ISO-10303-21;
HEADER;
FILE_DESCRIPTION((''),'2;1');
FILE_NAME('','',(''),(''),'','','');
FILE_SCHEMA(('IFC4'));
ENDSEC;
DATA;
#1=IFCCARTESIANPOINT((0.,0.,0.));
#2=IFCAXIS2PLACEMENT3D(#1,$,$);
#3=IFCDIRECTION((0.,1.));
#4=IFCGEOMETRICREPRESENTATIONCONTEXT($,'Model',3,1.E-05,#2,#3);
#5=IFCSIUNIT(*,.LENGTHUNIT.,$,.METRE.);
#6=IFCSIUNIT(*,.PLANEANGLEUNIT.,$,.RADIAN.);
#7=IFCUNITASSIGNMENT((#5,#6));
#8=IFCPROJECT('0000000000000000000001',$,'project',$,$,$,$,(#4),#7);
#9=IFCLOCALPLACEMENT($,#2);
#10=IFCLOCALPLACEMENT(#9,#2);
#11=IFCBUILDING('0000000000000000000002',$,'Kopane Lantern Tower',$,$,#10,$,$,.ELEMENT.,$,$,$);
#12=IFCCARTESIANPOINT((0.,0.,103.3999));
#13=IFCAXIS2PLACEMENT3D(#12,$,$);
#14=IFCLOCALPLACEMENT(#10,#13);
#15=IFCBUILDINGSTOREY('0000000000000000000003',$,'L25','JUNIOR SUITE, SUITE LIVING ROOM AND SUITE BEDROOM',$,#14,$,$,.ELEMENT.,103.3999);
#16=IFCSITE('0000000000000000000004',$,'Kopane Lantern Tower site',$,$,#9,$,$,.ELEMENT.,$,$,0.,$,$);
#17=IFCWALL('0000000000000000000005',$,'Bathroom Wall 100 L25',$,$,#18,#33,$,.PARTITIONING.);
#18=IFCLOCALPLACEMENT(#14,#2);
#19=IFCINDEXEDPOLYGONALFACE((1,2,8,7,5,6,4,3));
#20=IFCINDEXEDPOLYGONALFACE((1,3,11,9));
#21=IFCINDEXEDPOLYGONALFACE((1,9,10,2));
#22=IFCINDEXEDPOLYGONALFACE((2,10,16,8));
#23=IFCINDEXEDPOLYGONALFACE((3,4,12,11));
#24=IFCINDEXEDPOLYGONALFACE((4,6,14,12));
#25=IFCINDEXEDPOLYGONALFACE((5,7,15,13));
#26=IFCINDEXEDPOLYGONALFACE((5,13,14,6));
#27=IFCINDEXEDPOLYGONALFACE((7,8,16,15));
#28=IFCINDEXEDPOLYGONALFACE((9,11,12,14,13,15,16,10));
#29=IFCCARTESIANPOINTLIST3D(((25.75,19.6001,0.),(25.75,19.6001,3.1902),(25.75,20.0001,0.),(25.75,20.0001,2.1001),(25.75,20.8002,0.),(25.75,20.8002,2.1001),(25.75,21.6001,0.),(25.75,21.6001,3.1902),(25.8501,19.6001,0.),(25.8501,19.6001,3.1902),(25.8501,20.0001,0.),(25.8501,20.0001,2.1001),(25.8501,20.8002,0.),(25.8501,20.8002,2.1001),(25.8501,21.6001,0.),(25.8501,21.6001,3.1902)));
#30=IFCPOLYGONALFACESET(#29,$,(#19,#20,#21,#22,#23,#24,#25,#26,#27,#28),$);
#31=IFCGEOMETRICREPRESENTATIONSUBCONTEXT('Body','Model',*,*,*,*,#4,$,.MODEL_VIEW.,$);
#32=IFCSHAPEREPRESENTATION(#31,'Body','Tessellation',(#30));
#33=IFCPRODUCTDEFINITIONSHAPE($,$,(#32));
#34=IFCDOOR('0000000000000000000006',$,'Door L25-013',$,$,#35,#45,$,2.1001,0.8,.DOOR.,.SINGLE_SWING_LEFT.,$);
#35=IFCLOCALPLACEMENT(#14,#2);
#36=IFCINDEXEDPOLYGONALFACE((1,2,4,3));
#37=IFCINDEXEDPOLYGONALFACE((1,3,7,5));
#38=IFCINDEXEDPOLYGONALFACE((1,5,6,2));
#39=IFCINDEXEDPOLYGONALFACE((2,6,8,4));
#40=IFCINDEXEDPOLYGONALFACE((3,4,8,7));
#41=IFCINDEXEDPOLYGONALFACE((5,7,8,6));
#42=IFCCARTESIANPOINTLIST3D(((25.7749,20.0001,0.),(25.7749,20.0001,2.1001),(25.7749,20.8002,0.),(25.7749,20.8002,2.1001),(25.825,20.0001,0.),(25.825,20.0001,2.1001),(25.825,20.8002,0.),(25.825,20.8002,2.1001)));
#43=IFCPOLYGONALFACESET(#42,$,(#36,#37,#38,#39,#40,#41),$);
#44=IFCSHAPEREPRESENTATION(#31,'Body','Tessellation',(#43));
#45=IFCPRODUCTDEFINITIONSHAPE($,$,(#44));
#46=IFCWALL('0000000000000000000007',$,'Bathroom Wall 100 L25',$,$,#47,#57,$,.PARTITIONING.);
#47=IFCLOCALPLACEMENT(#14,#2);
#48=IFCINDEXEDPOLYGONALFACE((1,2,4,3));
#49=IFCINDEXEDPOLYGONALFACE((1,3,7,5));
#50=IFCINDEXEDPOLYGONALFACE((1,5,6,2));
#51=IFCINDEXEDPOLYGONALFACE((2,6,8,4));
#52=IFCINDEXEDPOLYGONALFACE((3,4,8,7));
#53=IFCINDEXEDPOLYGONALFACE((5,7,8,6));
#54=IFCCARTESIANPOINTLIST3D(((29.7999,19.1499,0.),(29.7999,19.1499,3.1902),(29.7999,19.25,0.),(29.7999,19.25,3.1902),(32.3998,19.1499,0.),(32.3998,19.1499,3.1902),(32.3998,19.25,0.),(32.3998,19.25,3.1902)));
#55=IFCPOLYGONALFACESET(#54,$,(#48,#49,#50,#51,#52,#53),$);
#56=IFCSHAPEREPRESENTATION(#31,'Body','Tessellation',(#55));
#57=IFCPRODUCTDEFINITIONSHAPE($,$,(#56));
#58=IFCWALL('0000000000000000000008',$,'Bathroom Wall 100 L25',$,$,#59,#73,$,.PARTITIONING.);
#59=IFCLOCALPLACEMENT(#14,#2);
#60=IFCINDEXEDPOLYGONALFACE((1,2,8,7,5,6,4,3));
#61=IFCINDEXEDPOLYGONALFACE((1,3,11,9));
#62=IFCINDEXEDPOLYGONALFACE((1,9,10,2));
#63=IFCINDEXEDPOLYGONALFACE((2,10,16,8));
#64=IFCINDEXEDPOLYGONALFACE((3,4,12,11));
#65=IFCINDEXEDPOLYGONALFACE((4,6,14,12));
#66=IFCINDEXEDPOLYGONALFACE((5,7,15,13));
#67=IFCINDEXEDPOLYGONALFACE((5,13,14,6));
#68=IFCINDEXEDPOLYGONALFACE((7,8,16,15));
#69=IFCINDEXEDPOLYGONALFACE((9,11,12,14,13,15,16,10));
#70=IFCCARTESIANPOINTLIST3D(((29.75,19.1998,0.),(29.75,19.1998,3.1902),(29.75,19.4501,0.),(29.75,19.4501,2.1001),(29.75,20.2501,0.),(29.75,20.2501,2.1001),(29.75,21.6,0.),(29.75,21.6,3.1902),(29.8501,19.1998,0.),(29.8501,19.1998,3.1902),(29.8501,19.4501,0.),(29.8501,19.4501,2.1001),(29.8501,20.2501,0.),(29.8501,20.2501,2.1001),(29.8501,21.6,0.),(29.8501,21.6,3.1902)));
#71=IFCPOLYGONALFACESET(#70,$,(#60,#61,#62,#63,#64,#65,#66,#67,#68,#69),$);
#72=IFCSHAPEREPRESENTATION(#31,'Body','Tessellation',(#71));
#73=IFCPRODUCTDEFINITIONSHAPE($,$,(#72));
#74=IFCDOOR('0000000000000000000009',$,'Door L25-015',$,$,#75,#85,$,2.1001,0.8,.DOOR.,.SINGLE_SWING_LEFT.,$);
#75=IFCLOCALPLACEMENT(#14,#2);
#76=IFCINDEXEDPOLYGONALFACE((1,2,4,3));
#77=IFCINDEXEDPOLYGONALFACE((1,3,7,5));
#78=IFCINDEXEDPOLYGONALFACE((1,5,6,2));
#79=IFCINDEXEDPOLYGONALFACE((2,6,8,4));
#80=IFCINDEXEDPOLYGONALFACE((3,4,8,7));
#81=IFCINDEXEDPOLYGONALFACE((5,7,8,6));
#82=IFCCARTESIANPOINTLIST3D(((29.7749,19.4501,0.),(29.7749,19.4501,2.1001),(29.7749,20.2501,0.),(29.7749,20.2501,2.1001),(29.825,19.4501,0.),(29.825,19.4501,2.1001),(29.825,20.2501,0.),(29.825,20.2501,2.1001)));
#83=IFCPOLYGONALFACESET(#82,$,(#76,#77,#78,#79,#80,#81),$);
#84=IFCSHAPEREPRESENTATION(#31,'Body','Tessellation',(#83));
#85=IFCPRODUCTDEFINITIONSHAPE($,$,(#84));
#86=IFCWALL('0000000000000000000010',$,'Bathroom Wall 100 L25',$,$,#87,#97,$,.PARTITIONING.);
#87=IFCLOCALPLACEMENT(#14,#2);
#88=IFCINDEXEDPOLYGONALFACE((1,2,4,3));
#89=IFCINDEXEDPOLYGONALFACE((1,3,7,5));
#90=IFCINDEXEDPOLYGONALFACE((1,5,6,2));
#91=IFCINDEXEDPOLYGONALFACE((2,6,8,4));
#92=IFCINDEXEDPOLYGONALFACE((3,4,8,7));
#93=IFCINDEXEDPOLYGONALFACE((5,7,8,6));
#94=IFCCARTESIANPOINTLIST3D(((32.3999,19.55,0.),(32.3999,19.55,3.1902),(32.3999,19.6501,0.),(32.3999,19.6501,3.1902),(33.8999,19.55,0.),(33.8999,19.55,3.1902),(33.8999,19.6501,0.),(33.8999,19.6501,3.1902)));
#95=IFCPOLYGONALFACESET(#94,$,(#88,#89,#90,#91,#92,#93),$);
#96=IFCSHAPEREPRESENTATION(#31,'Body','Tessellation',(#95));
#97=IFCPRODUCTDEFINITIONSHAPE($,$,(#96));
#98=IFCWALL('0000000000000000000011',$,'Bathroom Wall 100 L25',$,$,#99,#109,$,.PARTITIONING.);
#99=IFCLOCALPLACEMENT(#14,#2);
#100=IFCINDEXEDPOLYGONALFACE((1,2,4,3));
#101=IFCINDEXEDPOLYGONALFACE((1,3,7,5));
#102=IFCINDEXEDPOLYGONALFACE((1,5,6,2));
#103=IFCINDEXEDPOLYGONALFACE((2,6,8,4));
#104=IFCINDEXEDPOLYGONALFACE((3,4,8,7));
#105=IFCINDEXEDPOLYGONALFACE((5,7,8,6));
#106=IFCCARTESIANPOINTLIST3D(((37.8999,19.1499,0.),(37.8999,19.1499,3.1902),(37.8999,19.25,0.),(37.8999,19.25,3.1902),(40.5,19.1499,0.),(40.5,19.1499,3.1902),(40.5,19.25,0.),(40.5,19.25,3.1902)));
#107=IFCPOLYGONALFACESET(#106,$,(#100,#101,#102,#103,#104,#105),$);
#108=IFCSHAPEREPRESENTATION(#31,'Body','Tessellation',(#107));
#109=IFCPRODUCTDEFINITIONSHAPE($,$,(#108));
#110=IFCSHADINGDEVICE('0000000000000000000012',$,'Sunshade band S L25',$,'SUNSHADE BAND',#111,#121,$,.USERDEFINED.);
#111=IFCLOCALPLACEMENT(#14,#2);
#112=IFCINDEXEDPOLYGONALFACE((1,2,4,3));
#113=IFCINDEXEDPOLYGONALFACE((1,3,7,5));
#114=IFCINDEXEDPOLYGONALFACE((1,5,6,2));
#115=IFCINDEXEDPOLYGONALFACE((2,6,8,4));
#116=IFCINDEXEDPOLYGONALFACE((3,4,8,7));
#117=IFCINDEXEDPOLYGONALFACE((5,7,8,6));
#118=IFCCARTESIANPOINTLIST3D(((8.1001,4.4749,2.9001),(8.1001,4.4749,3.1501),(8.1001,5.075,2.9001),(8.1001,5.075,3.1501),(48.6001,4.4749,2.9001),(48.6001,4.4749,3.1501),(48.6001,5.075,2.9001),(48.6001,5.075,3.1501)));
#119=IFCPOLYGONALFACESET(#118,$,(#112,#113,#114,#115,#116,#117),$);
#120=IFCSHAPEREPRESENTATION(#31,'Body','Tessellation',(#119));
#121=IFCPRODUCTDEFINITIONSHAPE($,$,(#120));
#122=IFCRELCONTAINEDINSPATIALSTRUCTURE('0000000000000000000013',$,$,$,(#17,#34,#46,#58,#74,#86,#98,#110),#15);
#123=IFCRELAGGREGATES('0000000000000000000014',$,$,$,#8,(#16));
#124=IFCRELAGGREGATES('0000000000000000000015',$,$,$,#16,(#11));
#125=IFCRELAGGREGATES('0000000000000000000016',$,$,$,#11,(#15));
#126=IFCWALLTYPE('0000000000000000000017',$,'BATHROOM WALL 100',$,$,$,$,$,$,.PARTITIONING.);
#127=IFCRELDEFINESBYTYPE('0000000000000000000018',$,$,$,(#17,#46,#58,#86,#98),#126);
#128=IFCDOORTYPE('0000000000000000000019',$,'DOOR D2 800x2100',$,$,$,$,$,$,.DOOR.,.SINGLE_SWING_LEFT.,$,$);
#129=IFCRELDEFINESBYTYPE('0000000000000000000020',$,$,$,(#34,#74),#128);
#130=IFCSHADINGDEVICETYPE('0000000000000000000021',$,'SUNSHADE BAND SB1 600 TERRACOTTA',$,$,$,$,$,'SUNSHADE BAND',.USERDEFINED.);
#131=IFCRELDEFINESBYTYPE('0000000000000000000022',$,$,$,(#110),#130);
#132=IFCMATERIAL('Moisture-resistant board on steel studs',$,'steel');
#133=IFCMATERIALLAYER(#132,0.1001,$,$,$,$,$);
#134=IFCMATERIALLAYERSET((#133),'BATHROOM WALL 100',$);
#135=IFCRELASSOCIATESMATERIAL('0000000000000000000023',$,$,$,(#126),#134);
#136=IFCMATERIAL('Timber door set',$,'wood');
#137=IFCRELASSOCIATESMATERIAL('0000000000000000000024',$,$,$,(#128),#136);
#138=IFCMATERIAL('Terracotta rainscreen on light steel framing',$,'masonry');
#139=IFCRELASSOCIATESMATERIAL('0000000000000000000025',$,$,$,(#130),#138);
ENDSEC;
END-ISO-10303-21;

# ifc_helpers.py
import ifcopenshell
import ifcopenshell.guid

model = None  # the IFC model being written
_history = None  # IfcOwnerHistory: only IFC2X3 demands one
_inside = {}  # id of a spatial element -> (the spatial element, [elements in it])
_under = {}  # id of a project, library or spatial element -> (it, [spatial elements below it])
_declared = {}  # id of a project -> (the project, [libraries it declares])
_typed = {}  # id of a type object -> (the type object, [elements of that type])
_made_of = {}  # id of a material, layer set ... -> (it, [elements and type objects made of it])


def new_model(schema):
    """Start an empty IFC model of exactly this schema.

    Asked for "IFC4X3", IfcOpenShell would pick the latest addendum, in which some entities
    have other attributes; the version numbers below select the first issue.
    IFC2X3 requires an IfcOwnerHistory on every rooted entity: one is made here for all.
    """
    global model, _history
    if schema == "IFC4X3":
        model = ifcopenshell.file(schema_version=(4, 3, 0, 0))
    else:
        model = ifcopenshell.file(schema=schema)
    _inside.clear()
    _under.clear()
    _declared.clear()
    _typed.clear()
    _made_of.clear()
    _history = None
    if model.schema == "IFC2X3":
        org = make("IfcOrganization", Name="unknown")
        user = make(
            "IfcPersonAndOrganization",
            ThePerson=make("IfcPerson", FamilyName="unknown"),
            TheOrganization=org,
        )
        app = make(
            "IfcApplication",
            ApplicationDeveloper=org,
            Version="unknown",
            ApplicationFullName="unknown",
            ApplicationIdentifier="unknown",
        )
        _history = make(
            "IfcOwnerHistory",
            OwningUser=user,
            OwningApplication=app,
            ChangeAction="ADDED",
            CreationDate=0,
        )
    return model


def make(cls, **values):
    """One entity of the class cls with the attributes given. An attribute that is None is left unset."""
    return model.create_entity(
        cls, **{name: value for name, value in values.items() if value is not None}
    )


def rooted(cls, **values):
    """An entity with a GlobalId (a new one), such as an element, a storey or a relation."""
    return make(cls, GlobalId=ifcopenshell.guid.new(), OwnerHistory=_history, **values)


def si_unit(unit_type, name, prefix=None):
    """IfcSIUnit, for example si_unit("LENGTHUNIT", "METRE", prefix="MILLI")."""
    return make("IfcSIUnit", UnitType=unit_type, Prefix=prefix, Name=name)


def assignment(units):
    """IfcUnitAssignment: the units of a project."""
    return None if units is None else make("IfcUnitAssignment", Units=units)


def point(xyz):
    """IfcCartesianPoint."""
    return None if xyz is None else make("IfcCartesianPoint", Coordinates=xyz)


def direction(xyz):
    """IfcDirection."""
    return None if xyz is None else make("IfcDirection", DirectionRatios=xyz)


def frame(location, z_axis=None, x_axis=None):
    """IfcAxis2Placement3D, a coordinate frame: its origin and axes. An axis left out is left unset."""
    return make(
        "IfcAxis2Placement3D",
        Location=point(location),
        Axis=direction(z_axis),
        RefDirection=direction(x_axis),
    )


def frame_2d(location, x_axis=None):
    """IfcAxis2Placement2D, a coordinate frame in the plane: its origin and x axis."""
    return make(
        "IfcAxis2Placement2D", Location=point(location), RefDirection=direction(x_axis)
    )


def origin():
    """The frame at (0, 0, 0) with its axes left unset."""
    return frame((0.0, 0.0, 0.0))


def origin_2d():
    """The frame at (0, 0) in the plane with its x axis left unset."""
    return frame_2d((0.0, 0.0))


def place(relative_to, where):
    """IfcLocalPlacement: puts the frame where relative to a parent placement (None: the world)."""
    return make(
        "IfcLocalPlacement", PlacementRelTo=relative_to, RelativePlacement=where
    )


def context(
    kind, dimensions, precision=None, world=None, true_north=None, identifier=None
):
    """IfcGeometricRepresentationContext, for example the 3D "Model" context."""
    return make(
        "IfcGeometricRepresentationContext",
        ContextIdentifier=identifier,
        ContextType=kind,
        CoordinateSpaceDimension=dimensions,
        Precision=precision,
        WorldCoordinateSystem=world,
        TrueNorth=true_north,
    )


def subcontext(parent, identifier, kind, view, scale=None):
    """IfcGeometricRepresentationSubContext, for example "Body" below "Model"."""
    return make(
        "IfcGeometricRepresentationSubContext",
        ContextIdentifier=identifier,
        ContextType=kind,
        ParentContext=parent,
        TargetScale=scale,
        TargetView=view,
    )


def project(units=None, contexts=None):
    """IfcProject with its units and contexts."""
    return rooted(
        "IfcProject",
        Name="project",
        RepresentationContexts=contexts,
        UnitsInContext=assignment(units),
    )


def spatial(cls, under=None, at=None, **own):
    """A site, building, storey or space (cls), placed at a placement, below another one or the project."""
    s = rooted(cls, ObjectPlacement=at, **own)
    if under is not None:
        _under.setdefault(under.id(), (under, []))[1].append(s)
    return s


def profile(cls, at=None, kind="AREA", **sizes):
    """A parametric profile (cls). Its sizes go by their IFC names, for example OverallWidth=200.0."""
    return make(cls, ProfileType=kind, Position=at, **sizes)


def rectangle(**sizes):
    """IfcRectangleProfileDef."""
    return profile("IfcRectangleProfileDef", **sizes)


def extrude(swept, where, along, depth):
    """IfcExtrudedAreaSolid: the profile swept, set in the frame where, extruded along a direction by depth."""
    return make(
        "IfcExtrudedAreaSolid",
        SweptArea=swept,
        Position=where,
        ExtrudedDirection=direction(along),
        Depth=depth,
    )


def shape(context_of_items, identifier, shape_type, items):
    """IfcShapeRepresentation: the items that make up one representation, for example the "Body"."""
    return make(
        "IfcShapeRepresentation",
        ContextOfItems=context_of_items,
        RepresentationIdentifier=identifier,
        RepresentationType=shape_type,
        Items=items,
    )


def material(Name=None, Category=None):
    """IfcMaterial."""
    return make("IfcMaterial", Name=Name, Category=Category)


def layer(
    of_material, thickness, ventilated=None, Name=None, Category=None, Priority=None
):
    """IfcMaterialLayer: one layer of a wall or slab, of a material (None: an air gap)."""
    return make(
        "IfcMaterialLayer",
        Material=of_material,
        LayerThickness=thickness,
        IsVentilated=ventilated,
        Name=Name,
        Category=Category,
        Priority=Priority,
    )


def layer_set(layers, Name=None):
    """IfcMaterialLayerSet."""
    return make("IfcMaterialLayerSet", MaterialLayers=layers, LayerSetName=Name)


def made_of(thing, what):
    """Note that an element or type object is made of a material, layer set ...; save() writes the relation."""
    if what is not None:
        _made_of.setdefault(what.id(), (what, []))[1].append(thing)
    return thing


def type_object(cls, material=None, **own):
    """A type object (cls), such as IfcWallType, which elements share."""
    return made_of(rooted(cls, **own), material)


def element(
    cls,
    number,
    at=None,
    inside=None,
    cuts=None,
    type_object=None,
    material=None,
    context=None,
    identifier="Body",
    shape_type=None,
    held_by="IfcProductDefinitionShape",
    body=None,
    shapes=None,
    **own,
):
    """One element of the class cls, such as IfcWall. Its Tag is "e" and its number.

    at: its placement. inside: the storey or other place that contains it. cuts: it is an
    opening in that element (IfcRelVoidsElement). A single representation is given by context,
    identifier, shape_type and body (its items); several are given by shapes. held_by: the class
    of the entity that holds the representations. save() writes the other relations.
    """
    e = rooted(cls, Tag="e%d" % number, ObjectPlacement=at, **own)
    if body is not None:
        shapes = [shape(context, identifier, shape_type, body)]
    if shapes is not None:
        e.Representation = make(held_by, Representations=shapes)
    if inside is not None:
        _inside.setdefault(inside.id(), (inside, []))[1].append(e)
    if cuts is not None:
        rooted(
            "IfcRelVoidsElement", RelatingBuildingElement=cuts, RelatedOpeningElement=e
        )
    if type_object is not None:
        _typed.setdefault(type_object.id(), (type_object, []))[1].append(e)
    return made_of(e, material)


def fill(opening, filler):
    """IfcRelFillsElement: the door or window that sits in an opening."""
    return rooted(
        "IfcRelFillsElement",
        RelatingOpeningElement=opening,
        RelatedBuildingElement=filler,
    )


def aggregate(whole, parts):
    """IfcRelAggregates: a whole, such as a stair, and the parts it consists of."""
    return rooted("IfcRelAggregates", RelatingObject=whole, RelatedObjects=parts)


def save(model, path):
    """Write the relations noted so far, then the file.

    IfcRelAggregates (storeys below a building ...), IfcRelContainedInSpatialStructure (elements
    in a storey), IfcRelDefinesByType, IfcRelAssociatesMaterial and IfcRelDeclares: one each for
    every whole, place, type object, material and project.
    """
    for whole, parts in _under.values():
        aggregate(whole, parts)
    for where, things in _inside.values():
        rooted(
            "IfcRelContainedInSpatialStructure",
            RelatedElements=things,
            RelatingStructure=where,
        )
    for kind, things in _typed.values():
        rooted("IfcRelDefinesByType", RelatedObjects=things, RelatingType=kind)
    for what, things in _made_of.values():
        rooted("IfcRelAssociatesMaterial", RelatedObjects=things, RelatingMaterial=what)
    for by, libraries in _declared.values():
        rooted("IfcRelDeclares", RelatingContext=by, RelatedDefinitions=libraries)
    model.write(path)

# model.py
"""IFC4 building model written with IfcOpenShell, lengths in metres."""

from ifc_helpers import new_model, si_unit, direction, frame, frame_2d, origin, origin_2d, place, context, subcontext, project, spatial, rectangle, extrude, material, layer, layer_set, type_object, element, fill, save


model = new_model("IFC4")

# Units and contexts
model_context = context("Model", 3, precision=1e-05, world=origin(), true_north=direction((0.0, 1.0)))
body_context = subcontext(model_context, "Body", "Model", "MODEL_VIEW")
ifc_project = project(units=[si_unit("LENGTHUNIT", "METRE"), si_unit("PLANEANGLEUNIT", "RADIAN")], contexts=[model_context])

# Site, building, storey
site_placement = place(None, origin())
site = spatial("IfcSite", under=ifc_project, at=site_placement, Name="Kopane Lantern Tower site", CompositionType="ELEMENT", RefElevation=0.0)
building_placement = place(site_placement, origin())
building = spatial("IfcBuilding", under=site, at=building_placement, Name="Kopane Lantern Tower", CompositionType="ELEMENT")
storey_placement = place(building_placement, frame((0.0, 0.0, 103.3999)))
storey = spatial("IfcBuildingStorey", under=building, at=storey_placement, Name="L25", Description="JUNIOR SUITE, SUITE LIVING ROOM AND SUITE BEDROOM", CompositionType="ELEMENT", Elevation=103.3999)

# Wall, opening, door
ifc_material_1 = material(Name="Moisture-resistant board on steel studs", Category="steel")
ifc_layer_1 = layer(ifc_material_1, 0.1001)
ifc_layer_set_1 = layer_set([ifc_layer_1], Name="BATHROOM WALL 100")
wall_type_1 = type_object("IfcWallType", Name="BATHROOM WALL 100", PredefinedType="PARTITIONING", material=ifc_layer_set_1)
wall_1_placement = place(storey_placement, frame((25.8, 21.6001, 0.0), z_axis=(0.0, 0.0, 1.0), x_axis=(0.0, -1.0, 0.0)))
wall_1 = element("IfcWall", 1, at=wall_1_placement, inside=storey, type_object=wall_type_1, Name="Bathroom Wall 100 L25", PredefinedType="PARTITIONING", context=body_context, shape_type="SweptSolid", body=[
    extrude(rectangle(XDim=2.0, YDim=0.1001, at=frame_2d((1.0, 0.0))), origin(), (0.0, 0.0, 1.0), 3.1902),
])
opening_1_placement = place(wall_1_placement, frame((0.8, 0.0, 0.0)))
opening_1 = element("IfcOpeningElement", 2, at=opening_1_placement, cuts=wall_1, PredefinedType="OPENING", context=body_context, shape_type="SweptSolid", body=[
    extrude(rectangle(XDim=0.8, YDim=2.1001, at=frame_2d((0.3999, 1.05))), frame((0.0, 0.0601, 0.0), z_axis=(0.0, -1.0, 0.0), x_axis=(1.0, 0.0, 0.0)), (0.0, 0.0, 1.0), 0.1201),
])
ifc_material_2 = material(Name="Timber door set", Category="wood")
door_type_1 = type_object("IfcDoorType", Name="DOOR D2 800x2100", OperationType="SINGLE_SWING_LEFT", PredefinedType="DOOR", material=ifc_material_2)
door_1_placement = place(opening_1_placement, origin())
door_1 = element("IfcDoor", 3, at=door_1_placement, inside=storey, type_object=door_type_1, Name="Door L25-013", OperationType="SINGLE_SWING_LEFT", OverallHeight=2.1001, OverallWidth=0.8, PredefinedType="DOOR", context=body_context, shape_type="SweptSolid", body=[
    extrude(rectangle(XDim=0.8, YDim=2.1001, at=frame_2d((0.3999, 1.05))), frame((0.0, 0.0249, 0.0), z_axis=(0.0, -1.0, 0.0), x_axis=(1.0, 0.0, 0.0)), (0.0, 0.0, 1.0), 0.05),
])
fill(opening_1, door_1)

# Wall
wall_2_placement = place(storey_placement, frame((29.8, 19.2, 0.0), z_axis=(0.0, 0.0, 1.0), x_axis=(1.0, 0.0, 0.0)))
element("IfcWall", 4, at=wall_2_placement, inside=storey, type_object=wall_type_1, Name="Bathroom Wall 100 L25", PredefinedType="PARTITIONING", context=body_context, shape_type="SweptSolid", body=[
    extrude(rectangle(XDim=2.5999, YDim=0.1001, at=frame_2d((1.2998, 0.0))), origin(), (0.0, 0.0, 1.0), 3.1902),
])

# Wall, opening, door
wall_3_placement = place(storey_placement, frame((29.8, 21.6001, 0.0), z_axis=(0.0, 0.0, 1.0), x_axis=(0.0, -1.0, 0.0)))
wall_3 = element("IfcWall", 5, at=wall_3_placement, inside=storey, type_object=wall_type_1, Name="Bathroom Wall 100 L25", PredefinedType="PARTITIONING", context=body_context, shape_type="SweptSolid", body=[
    extrude(rectangle(XDim=2.4001, YDim=0.1001, at=frame_2d((1.2002, 0.0))), origin(), (0.0, 0.0, 1.0), 3.1902),
])
opening_2_placement = place(wall_3_placement, frame((1.3501, 0.0, 0.0)))
opening_2 = element("IfcOpeningElement", 6, at=opening_2_placement, cuts=wall_3, PredefinedType="OPENING", context=body_context, shape_type="SweptSolid", body=[
    extrude(rectangle(XDim=0.8, YDim=2.1001, at=frame_2d((0.3999, 1.05))), frame((0.0, 0.0601, 0.0), z_axis=(0.0, -1.0, 0.0), x_axis=(1.0, 0.0, 0.0)), (0.0, 0.0, 1.0), 0.1201),
])
door_2_placement = place(opening_2_placement, origin())
door_2 = element("IfcDoor", 7, at=door_2_placement, inside=storey, type_object=door_type_1, Name="Door L25-015", OperationType="SINGLE_SWING_LEFT", OverallHeight=2.1001, OverallWidth=0.8, PredefinedType="DOOR", context=body_context, shape_type="SweptSolid", body=[
    extrude(rectangle(XDim=0.8, YDim=2.1001, at=frame_2d((0.3999, 1.05))), frame((0.0, 0.0249, 0.0), z_axis=(0.0, -1.0, 0.0), x_axis=(1.0, 0.0, 0.0)), (0.0, 0.0, 1.0), 0.05),
])
fill(opening_2, door_2)

# Walls
wall_4_placement = place(storey_placement, frame((32.3999, 19.6001, 0.0), z_axis=(0.0, 0.0, 1.0), x_axis=(1.0, 0.0, 0.0)))
element("IfcWall", 8, at=wall_4_placement, inside=storey, type_object=wall_type_1, Name="Bathroom Wall 100 L25", PredefinedType="PARTITIONING", context=body_context, shape_type="SweptSolid", body=[
    extrude(rectangle(XDim=1.5, YDim=0.1001, at=frame_2d((0.75, 0.0))), origin(), (0.0, 0.0, 1.0), 3.1902),
])
wall_5_placement = place(storey_placement, frame((37.8999, 19.2, 0.0), z_axis=(0.0, 0.0, 1.0), x_axis=(1.0, 0.0, 0.0)))
element("IfcWall", 9, at=wall_5_placement, inside=storey, type_object=wall_type_1, Name="Bathroom Wall 100 L25", PredefinedType="PARTITIONING", context=body_context, shape_type="SweptSolid", body=[
    extrude(rectangle(XDim=2.6001, YDim=0.1001, at=frame_2d((1.3, 0.0))), origin(), (0.0, 0.0, 1.0), 3.1902),
])

# Shading device
ifc_material_3 = material(Name="Terracotta rainscreen on light steel framing", Category="masonry")
shading_device_type = type_object("IfcShadingDeviceType", Name="SUNSHADE BAND SB1 600 TERRACOTTA", ElementType="SUNSHADE BAND", PredefinedType="USERDEFINED", material=ifc_material_3)
shading_device_placement = place(storey_placement, frame((28.3501, 4.7749, 2.9001), z_axis=(0.0, 0.0, 1.0), x_axis=(1.0, 0.0, 0.0)))
element("IfcShadingDevice", 10, at=shading_device_placement, inside=storey, type_object=shading_device_type, Name="Sunshade band S L25", ObjectType="SUNSHADE BAND", PredefinedType="USERDEFINED", context=body_context, shape_type="SweptSolid", body=[
    extrude(rectangle(XDim=40.5, YDim=0.6001, at=origin_2d()), origin(), (0.0, 0.0, 1.0), 0.25),
])

save(model, "model.ifc")
